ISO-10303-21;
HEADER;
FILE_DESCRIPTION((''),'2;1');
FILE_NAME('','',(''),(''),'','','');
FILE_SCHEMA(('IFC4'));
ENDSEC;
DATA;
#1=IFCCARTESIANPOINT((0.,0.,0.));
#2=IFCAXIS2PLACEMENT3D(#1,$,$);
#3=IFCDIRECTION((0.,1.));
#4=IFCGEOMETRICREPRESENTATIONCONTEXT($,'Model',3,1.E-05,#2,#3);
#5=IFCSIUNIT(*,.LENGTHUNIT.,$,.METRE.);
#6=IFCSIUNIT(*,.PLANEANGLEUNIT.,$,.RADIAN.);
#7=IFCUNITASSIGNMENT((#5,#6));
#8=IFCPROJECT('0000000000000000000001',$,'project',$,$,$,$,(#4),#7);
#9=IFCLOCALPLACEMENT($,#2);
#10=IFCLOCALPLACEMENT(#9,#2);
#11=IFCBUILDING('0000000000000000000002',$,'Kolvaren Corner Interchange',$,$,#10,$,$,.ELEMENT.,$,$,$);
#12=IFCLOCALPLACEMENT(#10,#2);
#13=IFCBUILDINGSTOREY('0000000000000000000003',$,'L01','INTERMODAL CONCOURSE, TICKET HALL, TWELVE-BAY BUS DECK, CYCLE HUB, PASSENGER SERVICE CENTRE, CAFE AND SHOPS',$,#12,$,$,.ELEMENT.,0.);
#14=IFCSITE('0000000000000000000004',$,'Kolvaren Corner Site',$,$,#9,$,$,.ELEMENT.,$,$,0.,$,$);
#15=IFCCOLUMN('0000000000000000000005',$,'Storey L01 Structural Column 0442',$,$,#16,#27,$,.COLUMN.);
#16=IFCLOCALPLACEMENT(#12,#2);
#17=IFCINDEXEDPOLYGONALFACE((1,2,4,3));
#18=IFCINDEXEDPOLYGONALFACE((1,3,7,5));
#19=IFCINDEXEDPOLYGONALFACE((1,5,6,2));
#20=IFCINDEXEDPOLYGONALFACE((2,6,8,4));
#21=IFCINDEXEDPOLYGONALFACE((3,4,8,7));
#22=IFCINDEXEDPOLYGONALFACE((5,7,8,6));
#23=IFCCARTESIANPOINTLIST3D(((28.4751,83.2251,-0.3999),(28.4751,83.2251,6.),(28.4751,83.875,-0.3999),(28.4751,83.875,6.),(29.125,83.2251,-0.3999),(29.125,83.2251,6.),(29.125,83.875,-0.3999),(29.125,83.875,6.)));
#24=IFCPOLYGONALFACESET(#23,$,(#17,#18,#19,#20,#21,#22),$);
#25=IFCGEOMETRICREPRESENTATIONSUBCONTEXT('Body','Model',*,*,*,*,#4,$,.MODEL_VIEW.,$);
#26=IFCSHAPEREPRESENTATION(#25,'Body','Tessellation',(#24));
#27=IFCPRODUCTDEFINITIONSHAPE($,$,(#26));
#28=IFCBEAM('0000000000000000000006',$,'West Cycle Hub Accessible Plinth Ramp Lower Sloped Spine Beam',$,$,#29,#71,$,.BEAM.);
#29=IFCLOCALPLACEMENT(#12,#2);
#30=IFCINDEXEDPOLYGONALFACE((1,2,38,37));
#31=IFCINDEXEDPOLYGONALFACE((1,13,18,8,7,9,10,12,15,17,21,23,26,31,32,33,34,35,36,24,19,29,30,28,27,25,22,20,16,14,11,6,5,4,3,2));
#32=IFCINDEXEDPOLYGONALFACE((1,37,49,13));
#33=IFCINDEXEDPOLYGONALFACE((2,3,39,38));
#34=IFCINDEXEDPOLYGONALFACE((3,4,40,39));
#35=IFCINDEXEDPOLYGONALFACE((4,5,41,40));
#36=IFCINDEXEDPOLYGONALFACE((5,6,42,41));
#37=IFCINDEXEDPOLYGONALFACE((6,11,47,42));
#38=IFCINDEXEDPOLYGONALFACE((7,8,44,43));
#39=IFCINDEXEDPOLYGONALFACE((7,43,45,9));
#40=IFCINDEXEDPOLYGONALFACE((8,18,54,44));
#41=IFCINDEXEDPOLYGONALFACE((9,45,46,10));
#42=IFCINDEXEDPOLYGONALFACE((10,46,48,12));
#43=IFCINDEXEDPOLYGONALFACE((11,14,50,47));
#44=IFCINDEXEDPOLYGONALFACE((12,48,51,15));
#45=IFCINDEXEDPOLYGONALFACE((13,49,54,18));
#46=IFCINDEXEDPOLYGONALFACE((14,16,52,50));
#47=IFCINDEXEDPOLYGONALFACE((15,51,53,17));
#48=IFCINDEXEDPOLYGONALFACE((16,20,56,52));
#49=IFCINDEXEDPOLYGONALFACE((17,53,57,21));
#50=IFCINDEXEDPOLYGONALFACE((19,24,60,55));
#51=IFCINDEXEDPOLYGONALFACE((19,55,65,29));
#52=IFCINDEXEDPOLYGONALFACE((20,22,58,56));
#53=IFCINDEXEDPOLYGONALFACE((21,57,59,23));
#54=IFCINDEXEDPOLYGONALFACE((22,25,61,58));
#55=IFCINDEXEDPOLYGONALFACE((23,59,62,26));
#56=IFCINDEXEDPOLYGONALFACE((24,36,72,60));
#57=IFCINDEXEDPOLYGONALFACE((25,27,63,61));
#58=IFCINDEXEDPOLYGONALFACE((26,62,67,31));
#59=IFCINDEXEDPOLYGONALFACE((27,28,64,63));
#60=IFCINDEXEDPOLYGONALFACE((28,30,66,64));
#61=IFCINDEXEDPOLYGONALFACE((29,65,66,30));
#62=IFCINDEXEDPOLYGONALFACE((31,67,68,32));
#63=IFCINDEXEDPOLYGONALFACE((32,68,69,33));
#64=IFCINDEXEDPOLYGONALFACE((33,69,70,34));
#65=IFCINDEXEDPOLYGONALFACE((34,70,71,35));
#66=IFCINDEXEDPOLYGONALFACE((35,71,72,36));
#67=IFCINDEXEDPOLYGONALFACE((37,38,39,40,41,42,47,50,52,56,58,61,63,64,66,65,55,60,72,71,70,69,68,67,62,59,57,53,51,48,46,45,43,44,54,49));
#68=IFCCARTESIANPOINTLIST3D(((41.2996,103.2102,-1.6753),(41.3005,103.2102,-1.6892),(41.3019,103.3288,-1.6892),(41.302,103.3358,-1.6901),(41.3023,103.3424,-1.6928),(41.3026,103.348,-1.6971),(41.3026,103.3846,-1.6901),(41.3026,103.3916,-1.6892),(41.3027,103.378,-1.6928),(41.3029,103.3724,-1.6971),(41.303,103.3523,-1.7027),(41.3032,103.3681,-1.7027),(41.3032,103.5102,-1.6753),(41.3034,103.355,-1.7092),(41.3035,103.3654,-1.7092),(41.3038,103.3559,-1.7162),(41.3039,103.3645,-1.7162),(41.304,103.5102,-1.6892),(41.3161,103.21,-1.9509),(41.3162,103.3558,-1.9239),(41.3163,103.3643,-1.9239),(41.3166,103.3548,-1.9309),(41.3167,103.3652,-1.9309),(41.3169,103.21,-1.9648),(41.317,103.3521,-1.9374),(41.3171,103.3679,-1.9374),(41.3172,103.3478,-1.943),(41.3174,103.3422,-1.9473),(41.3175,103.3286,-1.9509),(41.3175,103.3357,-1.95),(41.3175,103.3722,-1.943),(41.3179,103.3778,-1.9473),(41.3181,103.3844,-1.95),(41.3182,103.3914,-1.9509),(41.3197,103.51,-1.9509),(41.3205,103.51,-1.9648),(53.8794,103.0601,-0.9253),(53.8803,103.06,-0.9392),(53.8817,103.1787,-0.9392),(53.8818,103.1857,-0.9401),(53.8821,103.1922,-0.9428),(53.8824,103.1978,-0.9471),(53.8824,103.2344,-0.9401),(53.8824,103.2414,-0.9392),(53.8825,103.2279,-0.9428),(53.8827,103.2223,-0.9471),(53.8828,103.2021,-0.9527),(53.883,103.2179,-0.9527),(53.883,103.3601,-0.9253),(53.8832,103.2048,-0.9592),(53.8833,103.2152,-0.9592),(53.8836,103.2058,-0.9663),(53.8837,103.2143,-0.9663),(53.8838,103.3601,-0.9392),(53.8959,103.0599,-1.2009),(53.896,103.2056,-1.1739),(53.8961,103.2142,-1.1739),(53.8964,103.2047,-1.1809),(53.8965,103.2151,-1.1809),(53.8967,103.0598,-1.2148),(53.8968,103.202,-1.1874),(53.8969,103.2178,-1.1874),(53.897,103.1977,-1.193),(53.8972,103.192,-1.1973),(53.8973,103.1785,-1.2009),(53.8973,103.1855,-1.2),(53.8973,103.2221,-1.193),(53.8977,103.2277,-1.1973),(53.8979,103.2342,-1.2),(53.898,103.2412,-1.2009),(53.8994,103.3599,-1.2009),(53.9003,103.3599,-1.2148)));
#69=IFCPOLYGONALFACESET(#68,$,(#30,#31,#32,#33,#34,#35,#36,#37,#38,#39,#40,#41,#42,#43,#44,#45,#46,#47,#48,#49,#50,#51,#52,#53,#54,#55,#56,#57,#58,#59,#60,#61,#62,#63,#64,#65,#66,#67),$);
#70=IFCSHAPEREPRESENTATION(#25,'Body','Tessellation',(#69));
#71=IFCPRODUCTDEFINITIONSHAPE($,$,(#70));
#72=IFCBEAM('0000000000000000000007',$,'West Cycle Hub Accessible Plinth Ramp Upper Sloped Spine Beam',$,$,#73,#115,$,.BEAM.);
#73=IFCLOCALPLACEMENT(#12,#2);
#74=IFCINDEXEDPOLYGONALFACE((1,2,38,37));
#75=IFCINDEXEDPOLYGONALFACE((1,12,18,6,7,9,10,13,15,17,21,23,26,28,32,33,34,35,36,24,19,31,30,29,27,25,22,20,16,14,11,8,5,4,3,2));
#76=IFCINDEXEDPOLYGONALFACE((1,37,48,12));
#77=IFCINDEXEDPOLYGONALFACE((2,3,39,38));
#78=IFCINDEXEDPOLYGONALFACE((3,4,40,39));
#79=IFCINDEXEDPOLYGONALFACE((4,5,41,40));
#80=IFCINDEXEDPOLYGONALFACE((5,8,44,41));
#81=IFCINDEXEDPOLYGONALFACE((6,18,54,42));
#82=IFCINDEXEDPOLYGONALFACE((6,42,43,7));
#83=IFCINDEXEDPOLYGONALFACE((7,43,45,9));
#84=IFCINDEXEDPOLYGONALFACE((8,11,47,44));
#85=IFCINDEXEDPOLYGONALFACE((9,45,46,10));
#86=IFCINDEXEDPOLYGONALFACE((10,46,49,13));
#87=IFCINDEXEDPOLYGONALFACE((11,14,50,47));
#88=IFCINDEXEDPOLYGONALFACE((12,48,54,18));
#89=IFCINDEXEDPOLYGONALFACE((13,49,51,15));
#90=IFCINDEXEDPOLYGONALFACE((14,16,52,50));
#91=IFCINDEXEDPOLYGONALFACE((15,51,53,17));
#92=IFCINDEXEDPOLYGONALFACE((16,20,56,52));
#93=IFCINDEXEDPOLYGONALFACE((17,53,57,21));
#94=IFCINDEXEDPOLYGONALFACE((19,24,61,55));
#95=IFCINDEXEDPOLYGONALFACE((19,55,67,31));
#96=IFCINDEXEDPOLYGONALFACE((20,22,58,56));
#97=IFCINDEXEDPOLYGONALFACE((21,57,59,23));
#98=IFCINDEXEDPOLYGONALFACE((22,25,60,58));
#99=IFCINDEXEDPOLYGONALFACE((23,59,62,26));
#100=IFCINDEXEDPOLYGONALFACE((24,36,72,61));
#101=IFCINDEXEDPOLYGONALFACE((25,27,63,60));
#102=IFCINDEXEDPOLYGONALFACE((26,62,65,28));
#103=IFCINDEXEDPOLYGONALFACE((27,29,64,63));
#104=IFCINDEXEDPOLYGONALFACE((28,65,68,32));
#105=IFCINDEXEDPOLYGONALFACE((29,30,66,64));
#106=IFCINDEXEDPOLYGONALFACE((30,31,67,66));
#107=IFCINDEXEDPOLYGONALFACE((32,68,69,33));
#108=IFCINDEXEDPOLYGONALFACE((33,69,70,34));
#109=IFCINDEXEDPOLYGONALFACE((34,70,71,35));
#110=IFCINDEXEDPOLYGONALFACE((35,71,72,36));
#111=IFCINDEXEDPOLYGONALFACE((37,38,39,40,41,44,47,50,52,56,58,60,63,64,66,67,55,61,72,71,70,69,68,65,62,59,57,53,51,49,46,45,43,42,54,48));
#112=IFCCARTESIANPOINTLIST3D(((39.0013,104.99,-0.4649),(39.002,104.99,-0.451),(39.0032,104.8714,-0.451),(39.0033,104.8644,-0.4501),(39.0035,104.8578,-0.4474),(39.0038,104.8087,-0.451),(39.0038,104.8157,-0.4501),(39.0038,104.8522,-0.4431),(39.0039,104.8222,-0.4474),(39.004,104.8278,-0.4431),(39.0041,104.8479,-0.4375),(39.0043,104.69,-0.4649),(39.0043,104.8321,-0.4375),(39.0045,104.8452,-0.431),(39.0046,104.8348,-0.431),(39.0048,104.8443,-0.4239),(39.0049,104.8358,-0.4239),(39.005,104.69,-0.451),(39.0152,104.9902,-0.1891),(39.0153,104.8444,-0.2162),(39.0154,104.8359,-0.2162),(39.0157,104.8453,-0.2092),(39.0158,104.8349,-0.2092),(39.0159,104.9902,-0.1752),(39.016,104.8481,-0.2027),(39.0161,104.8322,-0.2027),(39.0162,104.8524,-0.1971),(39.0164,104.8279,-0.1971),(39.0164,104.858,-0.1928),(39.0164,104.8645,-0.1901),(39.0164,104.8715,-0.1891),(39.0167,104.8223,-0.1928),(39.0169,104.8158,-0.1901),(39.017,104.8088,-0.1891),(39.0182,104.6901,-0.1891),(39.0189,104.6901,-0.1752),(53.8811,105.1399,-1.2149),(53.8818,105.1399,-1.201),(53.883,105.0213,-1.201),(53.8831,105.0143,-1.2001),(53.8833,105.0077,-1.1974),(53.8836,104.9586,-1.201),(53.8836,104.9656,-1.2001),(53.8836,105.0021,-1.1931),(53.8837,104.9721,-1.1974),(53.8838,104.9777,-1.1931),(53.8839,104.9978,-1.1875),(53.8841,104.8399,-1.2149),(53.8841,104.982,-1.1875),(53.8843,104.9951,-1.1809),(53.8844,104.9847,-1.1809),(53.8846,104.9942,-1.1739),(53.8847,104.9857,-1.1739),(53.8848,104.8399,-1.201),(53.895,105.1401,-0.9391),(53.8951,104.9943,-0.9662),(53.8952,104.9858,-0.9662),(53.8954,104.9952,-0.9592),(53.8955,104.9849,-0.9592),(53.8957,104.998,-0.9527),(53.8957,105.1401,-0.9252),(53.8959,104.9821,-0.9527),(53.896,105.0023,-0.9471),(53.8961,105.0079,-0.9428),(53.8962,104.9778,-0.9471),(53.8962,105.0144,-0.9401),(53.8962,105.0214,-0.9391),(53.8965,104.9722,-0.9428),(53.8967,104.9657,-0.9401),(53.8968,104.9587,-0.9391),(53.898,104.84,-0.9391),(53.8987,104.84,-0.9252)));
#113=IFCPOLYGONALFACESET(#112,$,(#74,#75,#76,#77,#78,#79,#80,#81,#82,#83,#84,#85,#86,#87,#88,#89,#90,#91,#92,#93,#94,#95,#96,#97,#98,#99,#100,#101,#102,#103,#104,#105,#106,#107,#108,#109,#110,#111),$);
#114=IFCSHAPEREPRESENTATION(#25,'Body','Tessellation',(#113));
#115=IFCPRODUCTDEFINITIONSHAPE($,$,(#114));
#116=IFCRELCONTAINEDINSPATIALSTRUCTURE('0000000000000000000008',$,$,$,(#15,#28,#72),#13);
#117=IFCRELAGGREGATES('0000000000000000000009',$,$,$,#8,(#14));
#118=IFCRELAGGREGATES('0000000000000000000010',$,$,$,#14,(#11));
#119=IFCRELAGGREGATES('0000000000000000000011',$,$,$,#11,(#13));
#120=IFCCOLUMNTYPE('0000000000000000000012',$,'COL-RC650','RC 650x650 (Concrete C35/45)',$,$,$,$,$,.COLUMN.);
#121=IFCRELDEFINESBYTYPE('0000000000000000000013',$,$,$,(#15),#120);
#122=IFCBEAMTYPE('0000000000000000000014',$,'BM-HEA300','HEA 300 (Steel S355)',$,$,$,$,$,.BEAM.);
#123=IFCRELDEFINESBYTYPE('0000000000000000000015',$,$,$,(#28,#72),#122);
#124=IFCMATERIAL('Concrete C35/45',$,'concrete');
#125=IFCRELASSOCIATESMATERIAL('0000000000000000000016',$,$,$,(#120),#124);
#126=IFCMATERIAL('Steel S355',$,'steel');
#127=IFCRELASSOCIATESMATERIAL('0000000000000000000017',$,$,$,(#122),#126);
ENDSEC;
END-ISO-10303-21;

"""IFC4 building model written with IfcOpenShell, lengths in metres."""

from ifc_helpers import new_model, si_unit, direction, frame, origin, origin_2d, place, context, subcontext, project, spatial, rectangle, i_section, extrude, material, material_profile, profile_set, type_object, element, save


model = new_model("IFC4")

# Units and contexts
model_context = context("Model", 3, precision=1e-05, world=origin(), true_north=direction((0.0, 1.0)))
body_context = subcontext(model_context, "Body", "Model", "MODEL_VIEW")
ifc_project = project(units=[si_unit("LENGTHUNIT", "METRE"), si_unit("PLANEANGLEUNIT", "RADIAN")], contexts=[model_context])

# Site, building, storey
site_placement = place(None, origin())
site = spatial("IfcSite", under=ifc_project, at=site_placement, Name="Kolvaren Corner Site", CompositionType="ELEMENT", RefElevation=0.0)
building_placement = place(site_placement, origin())
building = spatial("IfcBuilding", under=site, at=building_placement, Name="Kolvaren Corner Interchange", CompositionType="ELEMENT")
storey_placement = place(building_placement, origin())
storey = spatial("IfcBuildingStorey", under=building, at=storey_placement, Name="L01", Description="INTERMODAL CONCOURSE, TICKET HALL, TWELVE-BAY BUS DECK, CYCLE HUB, PASSENGER SERVICE CENTRE, CAFE AND SHOPS", CompositionType="ELEMENT", Elevation=0.0)

# Column
ifc_material_1 = material(Name="Concrete C35/45", Category="concrete")
ifc_material_profile_1 = material_profile(ifc_material_1, rectangle(XDim=0.6499, YDim=0.6499, at=origin_2d()), Name="RC 650x650")
ifc_profile_set_1 = profile_set([ifc_material_profile_1], Name="Concrete C35/45")
column_type = type_object("IfcColumnType", Name="COL-RC650", Description="RC 650x650 (Concrete C35/45)", PredefinedType="COLUMN", material=ifc_profile_set_1)
column_placement = place(storey_placement, frame((28.8, 83.55, -0.3999), z_axis=(0.0, 0.0, 1.0), x_axis=(1.0, 0.0, 0.0)))
element("IfcColumn", 1, at=column_placement, inside=storey, type_object=column_type, Name="Storey L01 Structural Column 0442", PredefinedType="COLUMN", context=body_context, shape_type="SweptSolid", body=[
    extrude(rectangle(XDim=0.6499, YDim=0.6499, at=origin_2d()), origin(), (0.0, 0.0, 1.0), 6.3999),
])

# Beams
ifc_material_2 = material(Name="Steel S355", Category="steel")
ifc_material_profile_2 = material_profile(ifc_material_2, i_section(OverallWidth=0.3, OverallDepth=0.29, WebThickness=0.0085, FlangeThickness=0.0139, FilletRadius=0.0271, at=origin_2d()), Name="HEA 300")
ifc_profile_set_2 = profile_set([ifc_material_profile_2], Name="Steel S355")
beam_type = type_object("IfcBeamType", Name="BM-HEA300", Description="HEA 300 (Steel S355)", PredefinedType="BEAM", material=ifc_profile_set_2)
beam_1_placement = place(storey_placement, frame((41.3101, 103.3601, -1.8201), z_axis=(0.998157, -0.011913, 0.059509), x_axis=(0.011935, 0.999929, 0.0)))
element("IfcBeam", 2, at=beam_1_placement, inside=storey, type_object=beam_type, Name="West Cycle Hub Accessible Plinth Ramp Lower Sloped Spine Beam", PredefinedType="BEAM", context=body_context, shape_type="SweptSolid", body=[
    extrude(i_section(OverallWidth=0.3, OverallDepth=0.29, WebThickness=0.0085, FlangeThickness=0.0139, FilletRadius=0.0271, at=origin_2d()), origin(), (0.0, 0.0, 1.0), 12.603),
])
beam_2_placement = place(storey_placement, frame((53.8899, 104.99, -1.0701), z_axis=(-0.998682, -0.010061, 0.050337), x_axis=(0.010074, -0.999949, 0.0)))
element("IfcBeam", 3, at=beam_2_placement, inside=storey, type_object=beam_type, Name="West Cycle Hub Accessible Plinth Ramp Upper Sloped Spine Beam", PredefinedType="BEAM", context=body_context, shape_type="SweptSolid", body=[
    extrude(i_section(OverallWidth=0.3, OverallDepth=0.29, WebThickness=0.0085, FlangeThickness=0.0139, FilletRadius=0.0271, at=origin_2d()), origin(), (0.0, 0.0, 1.0), 14.8994),
])

save(model, "model.ifc")
